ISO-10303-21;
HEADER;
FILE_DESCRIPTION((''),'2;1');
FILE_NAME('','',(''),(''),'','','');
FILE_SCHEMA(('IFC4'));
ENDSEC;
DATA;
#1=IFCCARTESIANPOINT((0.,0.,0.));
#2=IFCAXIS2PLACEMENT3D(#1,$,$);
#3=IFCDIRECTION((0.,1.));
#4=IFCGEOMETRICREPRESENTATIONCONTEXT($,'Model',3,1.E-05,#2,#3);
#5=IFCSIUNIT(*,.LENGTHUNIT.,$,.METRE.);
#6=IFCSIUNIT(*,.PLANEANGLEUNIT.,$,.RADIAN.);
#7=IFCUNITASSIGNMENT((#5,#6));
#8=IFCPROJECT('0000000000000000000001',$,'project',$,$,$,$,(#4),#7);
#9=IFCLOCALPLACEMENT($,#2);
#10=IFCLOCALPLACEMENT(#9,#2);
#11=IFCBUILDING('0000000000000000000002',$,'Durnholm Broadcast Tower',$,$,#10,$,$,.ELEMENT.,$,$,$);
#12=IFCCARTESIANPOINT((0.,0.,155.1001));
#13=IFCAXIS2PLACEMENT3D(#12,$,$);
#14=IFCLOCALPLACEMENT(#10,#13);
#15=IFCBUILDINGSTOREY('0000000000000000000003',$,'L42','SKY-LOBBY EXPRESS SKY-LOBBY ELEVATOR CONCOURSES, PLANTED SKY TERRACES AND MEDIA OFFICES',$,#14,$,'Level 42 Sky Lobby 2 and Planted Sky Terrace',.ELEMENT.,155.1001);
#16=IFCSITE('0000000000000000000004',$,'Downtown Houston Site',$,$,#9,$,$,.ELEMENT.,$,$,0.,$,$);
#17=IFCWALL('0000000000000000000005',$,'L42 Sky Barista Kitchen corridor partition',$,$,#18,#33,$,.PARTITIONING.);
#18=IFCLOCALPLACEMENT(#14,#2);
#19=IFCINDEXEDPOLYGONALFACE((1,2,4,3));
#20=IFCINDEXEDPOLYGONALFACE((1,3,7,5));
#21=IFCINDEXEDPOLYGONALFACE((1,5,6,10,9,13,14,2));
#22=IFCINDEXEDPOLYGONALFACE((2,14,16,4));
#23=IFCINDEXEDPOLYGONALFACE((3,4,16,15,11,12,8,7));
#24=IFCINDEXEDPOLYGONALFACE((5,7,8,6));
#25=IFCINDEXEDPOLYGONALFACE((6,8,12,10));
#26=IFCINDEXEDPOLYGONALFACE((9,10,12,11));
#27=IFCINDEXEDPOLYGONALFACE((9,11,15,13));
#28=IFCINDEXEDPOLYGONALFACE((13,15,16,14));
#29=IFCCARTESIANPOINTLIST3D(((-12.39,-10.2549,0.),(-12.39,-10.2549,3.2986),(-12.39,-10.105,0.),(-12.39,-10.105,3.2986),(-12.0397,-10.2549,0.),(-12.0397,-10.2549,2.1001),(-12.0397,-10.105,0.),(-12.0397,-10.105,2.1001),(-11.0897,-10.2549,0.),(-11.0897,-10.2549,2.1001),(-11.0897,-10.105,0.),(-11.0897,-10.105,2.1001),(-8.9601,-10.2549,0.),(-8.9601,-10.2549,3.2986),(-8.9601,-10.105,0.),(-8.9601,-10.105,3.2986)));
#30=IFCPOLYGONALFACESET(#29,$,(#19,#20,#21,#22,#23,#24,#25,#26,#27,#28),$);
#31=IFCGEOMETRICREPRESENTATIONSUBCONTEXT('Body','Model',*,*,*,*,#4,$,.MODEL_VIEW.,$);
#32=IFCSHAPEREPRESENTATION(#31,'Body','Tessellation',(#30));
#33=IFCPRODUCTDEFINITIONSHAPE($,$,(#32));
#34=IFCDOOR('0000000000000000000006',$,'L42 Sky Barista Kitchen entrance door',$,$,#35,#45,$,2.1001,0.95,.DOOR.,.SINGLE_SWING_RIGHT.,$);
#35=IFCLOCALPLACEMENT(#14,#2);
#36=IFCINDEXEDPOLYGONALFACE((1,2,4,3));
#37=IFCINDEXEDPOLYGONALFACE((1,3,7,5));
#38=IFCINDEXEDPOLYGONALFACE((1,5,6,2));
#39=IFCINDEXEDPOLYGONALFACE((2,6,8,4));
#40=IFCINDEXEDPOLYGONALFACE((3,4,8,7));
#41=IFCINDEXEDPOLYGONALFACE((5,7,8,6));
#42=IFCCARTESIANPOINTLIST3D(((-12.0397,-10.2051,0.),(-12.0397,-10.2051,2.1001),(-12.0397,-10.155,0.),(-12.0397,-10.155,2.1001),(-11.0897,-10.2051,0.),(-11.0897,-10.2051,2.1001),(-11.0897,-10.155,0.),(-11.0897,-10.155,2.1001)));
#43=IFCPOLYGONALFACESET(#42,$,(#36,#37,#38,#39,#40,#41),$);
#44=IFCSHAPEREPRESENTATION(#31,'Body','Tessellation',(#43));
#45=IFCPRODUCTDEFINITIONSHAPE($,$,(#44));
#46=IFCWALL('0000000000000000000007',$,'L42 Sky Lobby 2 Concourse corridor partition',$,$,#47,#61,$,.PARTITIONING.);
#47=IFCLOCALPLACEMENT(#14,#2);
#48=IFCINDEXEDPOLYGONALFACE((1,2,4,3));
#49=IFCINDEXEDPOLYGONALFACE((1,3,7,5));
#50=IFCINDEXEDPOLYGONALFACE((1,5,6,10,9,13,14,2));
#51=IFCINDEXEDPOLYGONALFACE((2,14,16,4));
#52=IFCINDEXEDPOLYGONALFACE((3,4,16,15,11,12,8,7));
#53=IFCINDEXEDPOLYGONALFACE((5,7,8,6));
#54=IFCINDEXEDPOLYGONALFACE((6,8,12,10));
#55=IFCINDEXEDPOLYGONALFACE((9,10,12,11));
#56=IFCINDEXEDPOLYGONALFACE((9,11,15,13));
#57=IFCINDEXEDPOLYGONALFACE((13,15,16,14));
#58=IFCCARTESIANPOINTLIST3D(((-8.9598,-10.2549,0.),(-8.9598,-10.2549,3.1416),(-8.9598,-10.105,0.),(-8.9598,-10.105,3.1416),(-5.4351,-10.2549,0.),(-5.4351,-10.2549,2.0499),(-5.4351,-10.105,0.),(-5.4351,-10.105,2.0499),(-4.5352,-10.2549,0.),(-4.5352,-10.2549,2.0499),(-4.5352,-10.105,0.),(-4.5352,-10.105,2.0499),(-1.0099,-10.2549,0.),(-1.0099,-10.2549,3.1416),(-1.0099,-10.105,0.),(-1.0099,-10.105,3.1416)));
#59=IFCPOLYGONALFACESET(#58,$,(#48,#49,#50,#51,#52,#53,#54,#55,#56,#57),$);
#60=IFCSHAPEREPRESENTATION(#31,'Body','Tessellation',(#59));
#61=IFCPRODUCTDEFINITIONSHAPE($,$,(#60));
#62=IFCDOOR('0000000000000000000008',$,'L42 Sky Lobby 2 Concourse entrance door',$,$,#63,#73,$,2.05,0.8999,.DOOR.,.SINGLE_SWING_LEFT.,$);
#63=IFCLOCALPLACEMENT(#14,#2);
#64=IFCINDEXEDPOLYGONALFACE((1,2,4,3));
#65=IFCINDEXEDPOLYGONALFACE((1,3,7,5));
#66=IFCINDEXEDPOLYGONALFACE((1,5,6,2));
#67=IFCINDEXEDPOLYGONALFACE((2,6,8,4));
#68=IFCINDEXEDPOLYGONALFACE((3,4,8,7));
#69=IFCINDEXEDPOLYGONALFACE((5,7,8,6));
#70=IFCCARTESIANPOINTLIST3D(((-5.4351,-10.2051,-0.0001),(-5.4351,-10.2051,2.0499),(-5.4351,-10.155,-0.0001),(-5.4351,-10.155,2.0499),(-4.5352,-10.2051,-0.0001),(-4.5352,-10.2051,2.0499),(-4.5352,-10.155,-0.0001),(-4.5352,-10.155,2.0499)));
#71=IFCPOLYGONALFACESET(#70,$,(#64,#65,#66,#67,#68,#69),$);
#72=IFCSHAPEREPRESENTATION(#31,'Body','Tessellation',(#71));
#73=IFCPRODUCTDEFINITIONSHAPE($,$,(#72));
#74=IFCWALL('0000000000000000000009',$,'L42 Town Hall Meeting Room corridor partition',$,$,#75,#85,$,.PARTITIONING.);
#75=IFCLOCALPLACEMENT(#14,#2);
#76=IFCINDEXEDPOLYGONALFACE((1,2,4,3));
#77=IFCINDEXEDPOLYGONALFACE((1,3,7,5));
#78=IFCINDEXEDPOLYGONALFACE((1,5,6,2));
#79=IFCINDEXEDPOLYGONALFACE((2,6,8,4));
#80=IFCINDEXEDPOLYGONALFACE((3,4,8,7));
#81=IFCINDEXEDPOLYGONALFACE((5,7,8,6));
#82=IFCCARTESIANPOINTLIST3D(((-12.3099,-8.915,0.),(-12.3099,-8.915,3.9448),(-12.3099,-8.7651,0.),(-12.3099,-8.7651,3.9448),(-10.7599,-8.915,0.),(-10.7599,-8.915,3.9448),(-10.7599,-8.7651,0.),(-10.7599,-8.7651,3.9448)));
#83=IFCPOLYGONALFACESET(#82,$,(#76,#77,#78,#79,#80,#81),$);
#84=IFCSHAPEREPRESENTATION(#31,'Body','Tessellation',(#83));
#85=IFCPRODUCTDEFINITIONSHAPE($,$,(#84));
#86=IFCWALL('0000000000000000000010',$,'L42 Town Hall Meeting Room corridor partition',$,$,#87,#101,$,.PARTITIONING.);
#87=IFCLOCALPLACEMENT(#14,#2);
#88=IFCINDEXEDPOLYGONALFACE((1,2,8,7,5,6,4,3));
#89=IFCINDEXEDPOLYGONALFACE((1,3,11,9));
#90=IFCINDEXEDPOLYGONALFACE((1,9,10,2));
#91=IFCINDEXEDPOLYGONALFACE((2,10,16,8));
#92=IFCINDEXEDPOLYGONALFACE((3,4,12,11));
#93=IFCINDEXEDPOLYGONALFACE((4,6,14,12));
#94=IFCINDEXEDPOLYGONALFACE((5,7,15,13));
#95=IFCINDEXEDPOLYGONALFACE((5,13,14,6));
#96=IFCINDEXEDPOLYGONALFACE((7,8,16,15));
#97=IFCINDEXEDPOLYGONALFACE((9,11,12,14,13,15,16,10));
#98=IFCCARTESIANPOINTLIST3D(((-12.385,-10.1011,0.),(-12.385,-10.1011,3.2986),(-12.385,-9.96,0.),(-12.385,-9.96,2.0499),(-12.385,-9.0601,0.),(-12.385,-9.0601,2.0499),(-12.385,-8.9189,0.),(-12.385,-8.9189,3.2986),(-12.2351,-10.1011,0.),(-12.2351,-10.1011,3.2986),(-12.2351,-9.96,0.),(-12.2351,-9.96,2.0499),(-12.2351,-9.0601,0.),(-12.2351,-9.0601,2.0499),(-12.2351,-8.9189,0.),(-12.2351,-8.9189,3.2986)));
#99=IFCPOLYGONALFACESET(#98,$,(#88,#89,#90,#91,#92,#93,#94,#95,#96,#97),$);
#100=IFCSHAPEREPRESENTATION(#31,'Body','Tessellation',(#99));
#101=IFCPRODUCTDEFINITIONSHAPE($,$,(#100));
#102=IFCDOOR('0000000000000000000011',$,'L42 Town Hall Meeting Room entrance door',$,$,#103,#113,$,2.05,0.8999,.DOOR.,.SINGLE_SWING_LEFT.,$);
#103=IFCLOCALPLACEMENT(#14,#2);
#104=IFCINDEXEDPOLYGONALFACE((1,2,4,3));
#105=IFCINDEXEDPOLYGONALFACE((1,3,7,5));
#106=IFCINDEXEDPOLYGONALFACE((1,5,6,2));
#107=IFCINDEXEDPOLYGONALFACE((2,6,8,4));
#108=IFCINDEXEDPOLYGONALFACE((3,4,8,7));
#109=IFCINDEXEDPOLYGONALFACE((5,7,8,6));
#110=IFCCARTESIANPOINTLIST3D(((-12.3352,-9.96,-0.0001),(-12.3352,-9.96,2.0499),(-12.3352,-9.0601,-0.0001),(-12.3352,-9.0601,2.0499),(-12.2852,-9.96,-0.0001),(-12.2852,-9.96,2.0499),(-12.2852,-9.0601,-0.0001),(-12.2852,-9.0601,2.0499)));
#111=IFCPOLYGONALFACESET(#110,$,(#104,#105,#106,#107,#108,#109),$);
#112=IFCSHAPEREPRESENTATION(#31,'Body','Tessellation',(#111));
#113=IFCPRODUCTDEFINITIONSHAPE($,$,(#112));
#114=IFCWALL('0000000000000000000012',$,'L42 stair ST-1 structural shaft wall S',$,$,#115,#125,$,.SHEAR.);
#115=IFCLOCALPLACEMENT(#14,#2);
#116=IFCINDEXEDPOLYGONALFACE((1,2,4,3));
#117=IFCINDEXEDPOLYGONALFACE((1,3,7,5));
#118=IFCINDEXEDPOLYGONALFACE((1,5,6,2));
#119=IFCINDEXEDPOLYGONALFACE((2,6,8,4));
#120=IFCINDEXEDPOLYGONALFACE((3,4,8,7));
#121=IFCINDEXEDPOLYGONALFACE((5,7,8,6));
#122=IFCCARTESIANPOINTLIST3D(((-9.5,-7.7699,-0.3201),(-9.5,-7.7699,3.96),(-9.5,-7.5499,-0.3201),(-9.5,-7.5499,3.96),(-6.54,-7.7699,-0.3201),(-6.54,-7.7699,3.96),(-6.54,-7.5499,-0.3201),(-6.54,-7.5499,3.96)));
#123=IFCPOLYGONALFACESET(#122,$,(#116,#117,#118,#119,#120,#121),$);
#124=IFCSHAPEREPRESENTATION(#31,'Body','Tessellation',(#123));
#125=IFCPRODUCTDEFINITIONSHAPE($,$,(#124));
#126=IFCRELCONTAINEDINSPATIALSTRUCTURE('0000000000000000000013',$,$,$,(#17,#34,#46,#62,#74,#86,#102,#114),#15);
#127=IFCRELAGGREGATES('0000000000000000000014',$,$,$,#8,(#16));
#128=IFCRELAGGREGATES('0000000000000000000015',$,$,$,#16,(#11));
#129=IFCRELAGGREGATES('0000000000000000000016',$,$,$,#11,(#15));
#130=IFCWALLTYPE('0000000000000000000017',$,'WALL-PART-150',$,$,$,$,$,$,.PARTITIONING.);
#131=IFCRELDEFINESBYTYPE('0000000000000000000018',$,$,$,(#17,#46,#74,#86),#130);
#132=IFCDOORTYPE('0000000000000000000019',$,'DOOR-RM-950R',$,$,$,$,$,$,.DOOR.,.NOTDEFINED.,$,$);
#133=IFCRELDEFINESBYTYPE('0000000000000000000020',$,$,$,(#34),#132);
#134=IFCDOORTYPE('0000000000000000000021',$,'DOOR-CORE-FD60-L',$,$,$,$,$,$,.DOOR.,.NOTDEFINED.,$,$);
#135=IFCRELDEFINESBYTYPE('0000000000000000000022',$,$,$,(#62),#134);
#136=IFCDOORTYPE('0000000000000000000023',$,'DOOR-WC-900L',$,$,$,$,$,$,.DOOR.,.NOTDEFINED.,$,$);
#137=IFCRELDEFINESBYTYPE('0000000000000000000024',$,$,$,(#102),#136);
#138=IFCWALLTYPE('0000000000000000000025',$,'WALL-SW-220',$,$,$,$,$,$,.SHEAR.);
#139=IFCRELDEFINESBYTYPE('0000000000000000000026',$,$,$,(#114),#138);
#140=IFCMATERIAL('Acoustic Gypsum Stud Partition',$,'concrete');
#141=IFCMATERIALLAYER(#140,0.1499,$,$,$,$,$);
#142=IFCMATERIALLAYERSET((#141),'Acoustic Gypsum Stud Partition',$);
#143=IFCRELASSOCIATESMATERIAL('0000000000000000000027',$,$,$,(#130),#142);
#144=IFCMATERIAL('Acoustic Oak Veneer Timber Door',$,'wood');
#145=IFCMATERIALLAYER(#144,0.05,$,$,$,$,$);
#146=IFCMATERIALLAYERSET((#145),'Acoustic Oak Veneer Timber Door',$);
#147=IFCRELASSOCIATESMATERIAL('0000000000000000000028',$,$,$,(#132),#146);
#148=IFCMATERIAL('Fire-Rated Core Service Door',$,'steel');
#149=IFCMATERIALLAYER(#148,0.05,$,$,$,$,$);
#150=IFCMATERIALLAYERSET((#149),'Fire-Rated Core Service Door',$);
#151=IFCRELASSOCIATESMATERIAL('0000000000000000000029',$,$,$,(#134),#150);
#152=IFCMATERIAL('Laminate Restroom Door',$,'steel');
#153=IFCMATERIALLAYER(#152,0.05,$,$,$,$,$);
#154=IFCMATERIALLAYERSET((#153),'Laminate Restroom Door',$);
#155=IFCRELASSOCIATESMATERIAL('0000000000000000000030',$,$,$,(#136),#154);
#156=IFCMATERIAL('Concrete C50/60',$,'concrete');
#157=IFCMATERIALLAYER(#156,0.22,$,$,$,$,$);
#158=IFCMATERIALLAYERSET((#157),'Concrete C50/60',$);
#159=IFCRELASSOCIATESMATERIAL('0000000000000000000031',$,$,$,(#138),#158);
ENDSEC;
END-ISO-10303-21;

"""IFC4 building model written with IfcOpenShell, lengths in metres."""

from ifc_helpers import new_model, si_unit, direction, frame, frame_2d, origin, place, context, subcontext, project, spatial, rectangle, extrude, source, transform, mapped, material, layer, layer_set, type_object, type_shapes, element, fill, save


model = new_model("IFC4")

# Units and contexts
model_context = context("Model", 3, precision=1e-05, world=origin(), true_north=direction((0.0, 1.0)))
body_context = subcontext(model_context, "Body", "Model", "MODEL_VIEW")
ifc_project = project(units=[si_unit("LENGTHUNIT", "METRE"), si_unit("PLANEANGLEUNIT", "RADIAN")], contexts=[model_context])

# Site, building, storey
site_placement = place(None, origin())
site = spatial("IfcSite", under=ifc_project, at=site_placement, Name="Downtown Houston Site", CompositionType="ELEMENT", RefElevation=0.0)
building_placement = place(site_placement, origin())
building = spatial("IfcBuilding", under=site, at=building_placement, Name="Durnholm Broadcast Tower", CompositionType="ELEMENT")
storey_placement = place(building_placement, frame((0.0, 0.0, 155.1001)))
storey = spatial("IfcBuildingStorey", under=building, at=storey_placement, Name="L42", Description="SKY-LOBBY EXPRESS SKY-LOBBY ELEVATOR CONCOURSES, PLANTED SKY TERRACES AND MEDIA OFFICES", LongName="Level 42 Sky Lobby 2 and Planted Sky Terrace", CompositionType="ELEMENT", Elevation=155.1001)

# Walls, openings, doors
ifc_material_1 = material(Name="Acoustic Gypsum Stud Partition", Category="concrete")
ifc_layer_1 = layer(ifc_material_1, 0.1499)
ifc_layer_set_1 = layer_set([ifc_layer_1], Name="Acoustic Gypsum Stud Partition")
wall_type_1 = type_object("IfcWallType", Name="WALL-PART-150", PredefinedType="PARTITIONING", material=ifc_layer_set_1)
wall_1_placement = place(storey_placement, frame((-12.3899, -10.1799, 0.0), z_axis=(0.0, 0.0, 1.0), x_axis=(1.0, 0.0, 0.0)))
wall_1 = element("IfcWall", 1, at=wall_1_placement, inside=storey, type_object=wall_type_1, Name="L42 Sky Barista Kitchen corridor partition", PredefinedType="PARTITIONING", context=body_context, shape_type="SweptSolid", body=[
    extrude(rectangle(XDim=3.4299, YDim=0.1499, at=frame_2d((1.7148, 0.0))), origin(), (0.0, 0.0, 1.0), 3.2986),
])
opening_1_placement = place(wall_1_placement, frame((0.3501, 0.0, 0.0)))
opening_1 = element("IfcOpeningElement", 2, at=opening_1_placement, cuts=wall_1, PredefinedType="OPENING", context=body_context, shape_type="SweptSolid", body=[
    extrude(rectangle(XDim=0.95, YDim=2.1001, at=frame_2d((0.4751, 1.05))), frame((0.0, 0.085, 0.0), z_axis=(0.0, -1.0, 0.0), x_axis=(1.0, 0.0, 0.0)), (0.0, 0.0, 1.0), 0.1699),
])
ifc_material_2 = material(Name="Acoustic Oak Veneer Timber Door", Category="wood")
ifc_layer_2 = layer(ifc_material_2, 0.05)
ifc_layer_set_2 = layer_set([ifc_layer_2], Name="Acoustic Oak Veneer Timber Door")
door_type_1 = type_object("IfcDoorType", Name="DOOR-RM-950R", OperationType="NOTDEFINED", PredefinedType="DOOR", material=ifc_layer_set_2)
shared_shape_1 = source(origin(), body_context, "Body", "SweptSolid", [
    extrude(rectangle(XDim=0.95, YDim=2.1001, at=frame_2d((0.4751, 1.05))), frame((0.0, 0.0249, 0.0), z_axis=(0.0, -1.0, 0.0), x_axis=(1.0, 0.0, 0.0)), (0.0, 0.0, 1.0), 0.05),
])
type_shapes(door_type_1, [shared_shape_1])
door_1_placement = place(opening_1_placement, origin())
door_1 = element("IfcDoor", 3, at=door_1_placement, inside=storey, type_object=door_type_1, Name="L42 Sky Barista Kitchen entrance door", OperationType="SINGLE_SWING_RIGHT", OverallHeight=2.1001, OverallWidth=0.95, PredefinedType="DOOR", context=body_context, shape_type="MappedRepresentation", body=[
    mapped(shared_shape_1, transform((0.0, 0.0, 0.0), x_axis=(1.0, 0.0, 0.0), y_axis=(0.0, 1.0, 0.0), z_axis=(0.0, 0.0, 1.0), scale=1.0)),
])
fill(opening_1, door_1)
wall_2_placement = place(storey_placement, frame((-8.96, -10.1799, 0.0), z_axis=(0.0, 0.0, 1.0), x_axis=(1.0, 0.0, 0.0)))
wall_2 = element("IfcWall", 4, at=wall_2_placement, inside=storey, type_object=wall_type_1, Name="L42 Sky Lobby 2 Concourse corridor partition", PredefinedType="PARTITIONING", context=body_context, shape_type="SweptSolid", body=[
    extrude(rectangle(XDim=7.95, YDim=0.1499, at=frame_2d((3.9751, 0.0))), origin(), (0.0, 0.0, 1.0), 3.1416),
])
opening_2_placement = place(wall_2_placement, frame((3.5249, 0.0, 0.0)))
opening_2 = element("IfcOpeningElement", 5, at=opening_2_placement, cuts=wall_2, PredefinedType="OPENING", context=body_context, shape_type="SweptSolid", body=[
    extrude(rectangle(XDim=0.8999, YDim=2.05, at=frame_2d((0.45, 1.0249))), frame((0.0, 0.085, 0.0), z_axis=(0.0, -1.0, 0.0), x_axis=(1.0, 0.0, 0.0)), (0.0, 0.0, 1.0), 0.1699),
])
ifc_material_3 = material(Name="Fire-Rated Core Service Door", Category="steel")
ifc_layer_3 = layer(ifc_material_3, 0.05)
ifc_layer_set_3 = layer_set([ifc_layer_3], Name="Fire-Rated Core Service Door")
door_type_2 = type_object("IfcDoorType", Name="DOOR-CORE-FD60-L", OperationType="NOTDEFINED", PredefinedType="DOOR", material=ifc_layer_set_3)
shared_shape_2 = source(origin(), body_context, "Body", "SweptSolid", [
    extrude(rectangle(XDim=0.8999, YDim=2.05, at=frame_2d((0.45, 1.0249))), frame((0.0, 0.0249, 0.0), z_axis=(0.0, -1.0, 0.0), x_axis=(1.0, 0.0, 0.0)), (0.0, 0.0, 1.0), 0.05),
])
type_shapes(door_type_2, [shared_shape_2])
door_2_placement = place(opening_2_placement, origin())
door_2 = element("IfcDoor", 6, at=door_2_placement, inside=storey, type_object=door_type_2, Name="L42 Sky Lobby 2 Concourse entrance door", OperationType="SINGLE_SWING_LEFT", OverallHeight=2.05, OverallWidth=0.8999, PredefinedType="DOOR", context=body_context, shape_type="MappedRepresentation", body=[
    mapped(shared_shape_2, transform((0.0, 0.0, 0.0), x_axis=(1.0, 0.0, 0.0), y_axis=(0.0, 1.0, 0.0), z_axis=(0.0, 0.0, 1.0), scale=1.0)),
])
fill(opening_2, door_2)

# Wall
wall_3_placement = place(storey_placement, frame((-10.76, -8.8401, 0.0), z_axis=(0.0, 0.0, 1.0), x_axis=(-1.0, 0.0, 0.0)))
element("IfcWall", 7, at=wall_3_placement, inside=storey, type_object=wall_type_1, Name="L42 Town Hall Meeting Room corridor partition", PredefinedType="PARTITIONING", context=body_context, shape_type="SweptSolid", body=[
    extrude(rectangle(XDim=1.55, YDim=0.1499, at=frame_2d((0.7749, 0.0))), origin(), (0.0, 0.0, 1.0), 3.9448),
])

# Wall, opening, door
wall_4_placement = place(storey_placement, frame((-12.3101, -8.9189, 0.0), z_axis=(0.0, 0.0, 1.0), x_axis=(0.0, -1.0, 0.0)))
wall_4 = element("IfcWall", 8, at=wall_4_placement, inside=storey, type_object=wall_type_1, Name="L42 Town Hall Meeting Room corridor partition", PredefinedType="PARTITIONING", context=body_context, shape_type="SweptSolid", body=[
    extrude(rectangle(XDim=1.1821, YDim=0.1499, at=frame_2d((0.5911, 0.0))), origin(), (0.0, 0.0, 1.0), 3.2986),
])
opening_3_placement = place(wall_4_placement, frame((0.1411, 0.0, 0.0)))
opening_3 = element("IfcOpeningElement", 9, at=opening_3_placement, cuts=wall_4, PredefinedType="OPENING", context=body_context, shape_type="SweptSolid", body=[
    extrude(rectangle(XDim=0.8999, YDim=2.05, at=frame_2d((0.45, 1.0249))), frame((0.0, 0.085, 0.0), z_axis=(0.0, -1.0, 0.0), x_axis=(1.0, 0.0, 0.0)), (0.0, 0.0, 1.0), 0.1699),
])
ifc_material_4 = material(Name="Laminate Restroom Door", Category="steel")
ifc_layer_4 = layer(ifc_material_4, 0.05)
ifc_layer_set_4 = layer_set([ifc_layer_4], Name="Laminate Restroom Door")
door_type_3 = type_object("IfcDoorType", Name="DOOR-WC-900L", OperationType="NOTDEFINED", PredefinedType="DOOR", material=ifc_layer_set_4)
shared_shape_3 = source(origin(), body_context, "Body", "SweptSolid", [
    extrude(rectangle(XDim=0.8999, YDim=2.05, at=frame_2d((0.45, 1.0249))), frame((0.0, 0.0249, 0.0), z_axis=(0.0, -1.0, 0.0), x_axis=(1.0, 0.0, 0.0)), (0.0, 0.0, 1.0), 0.05),
])
type_shapes(door_type_3, [shared_shape_3])
door_3_placement = place(opening_3_placement, origin())
door_3 = element("IfcDoor", 10, at=door_3_placement, inside=storey, type_object=door_type_3, Name="L42 Town Hall Meeting Room entrance door", OperationType="SINGLE_SWING_LEFT", OverallHeight=2.05, OverallWidth=0.8999, PredefinedType="DOOR", context=body_context, shape_type="MappedRepresentation", body=[
    mapped(shared_shape_3, transform((0.0, 0.0, 0.0), x_axis=(1.0, 0.0, 0.0), y_axis=(0.0, 1.0, 0.0), z_axis=(0.0, 0.0, 1.0), scale=1.0)),
])
fill(opening_3, door_3)

# Wall
ifc_material_5 = material(Name="Concrete C50/60", Category="concrete")
ifc_layer_5 = layer(ifc_material_5, 0.22)
ifc_layer_set_5 = layer_set([ifc_layer_5], Name="Concrete C50/60")
wall_type_2 = type_object("IfcWallType", Name="WALL-SW-220", PredefinedType="SHEAR", material=ifc_layer_set_5)
wall_5_placement = place(storey_placement, frame((-9.5, -7.6599, -0.3201), z_axis=(0.0, 0.0, 1.0), x_axis=(1.0, 0.0, 0.0)))
element("IfcWall", 11, at=wall_5_placement, inside=storey, type_object=wall_type_2, Name="L42 stair ST-1 structural shaft wall S", PredefinedType="SHEAR", context=body_context, shape_type="SweptSolid", body=[
    extrude(rectangle(XDim=2.96, YDim=0.22, at=frame_2d((1.48, 0.0))), origin(), (0.0, 0.0, 1.0), 4.28),
])

save(model, "model.ifc")
